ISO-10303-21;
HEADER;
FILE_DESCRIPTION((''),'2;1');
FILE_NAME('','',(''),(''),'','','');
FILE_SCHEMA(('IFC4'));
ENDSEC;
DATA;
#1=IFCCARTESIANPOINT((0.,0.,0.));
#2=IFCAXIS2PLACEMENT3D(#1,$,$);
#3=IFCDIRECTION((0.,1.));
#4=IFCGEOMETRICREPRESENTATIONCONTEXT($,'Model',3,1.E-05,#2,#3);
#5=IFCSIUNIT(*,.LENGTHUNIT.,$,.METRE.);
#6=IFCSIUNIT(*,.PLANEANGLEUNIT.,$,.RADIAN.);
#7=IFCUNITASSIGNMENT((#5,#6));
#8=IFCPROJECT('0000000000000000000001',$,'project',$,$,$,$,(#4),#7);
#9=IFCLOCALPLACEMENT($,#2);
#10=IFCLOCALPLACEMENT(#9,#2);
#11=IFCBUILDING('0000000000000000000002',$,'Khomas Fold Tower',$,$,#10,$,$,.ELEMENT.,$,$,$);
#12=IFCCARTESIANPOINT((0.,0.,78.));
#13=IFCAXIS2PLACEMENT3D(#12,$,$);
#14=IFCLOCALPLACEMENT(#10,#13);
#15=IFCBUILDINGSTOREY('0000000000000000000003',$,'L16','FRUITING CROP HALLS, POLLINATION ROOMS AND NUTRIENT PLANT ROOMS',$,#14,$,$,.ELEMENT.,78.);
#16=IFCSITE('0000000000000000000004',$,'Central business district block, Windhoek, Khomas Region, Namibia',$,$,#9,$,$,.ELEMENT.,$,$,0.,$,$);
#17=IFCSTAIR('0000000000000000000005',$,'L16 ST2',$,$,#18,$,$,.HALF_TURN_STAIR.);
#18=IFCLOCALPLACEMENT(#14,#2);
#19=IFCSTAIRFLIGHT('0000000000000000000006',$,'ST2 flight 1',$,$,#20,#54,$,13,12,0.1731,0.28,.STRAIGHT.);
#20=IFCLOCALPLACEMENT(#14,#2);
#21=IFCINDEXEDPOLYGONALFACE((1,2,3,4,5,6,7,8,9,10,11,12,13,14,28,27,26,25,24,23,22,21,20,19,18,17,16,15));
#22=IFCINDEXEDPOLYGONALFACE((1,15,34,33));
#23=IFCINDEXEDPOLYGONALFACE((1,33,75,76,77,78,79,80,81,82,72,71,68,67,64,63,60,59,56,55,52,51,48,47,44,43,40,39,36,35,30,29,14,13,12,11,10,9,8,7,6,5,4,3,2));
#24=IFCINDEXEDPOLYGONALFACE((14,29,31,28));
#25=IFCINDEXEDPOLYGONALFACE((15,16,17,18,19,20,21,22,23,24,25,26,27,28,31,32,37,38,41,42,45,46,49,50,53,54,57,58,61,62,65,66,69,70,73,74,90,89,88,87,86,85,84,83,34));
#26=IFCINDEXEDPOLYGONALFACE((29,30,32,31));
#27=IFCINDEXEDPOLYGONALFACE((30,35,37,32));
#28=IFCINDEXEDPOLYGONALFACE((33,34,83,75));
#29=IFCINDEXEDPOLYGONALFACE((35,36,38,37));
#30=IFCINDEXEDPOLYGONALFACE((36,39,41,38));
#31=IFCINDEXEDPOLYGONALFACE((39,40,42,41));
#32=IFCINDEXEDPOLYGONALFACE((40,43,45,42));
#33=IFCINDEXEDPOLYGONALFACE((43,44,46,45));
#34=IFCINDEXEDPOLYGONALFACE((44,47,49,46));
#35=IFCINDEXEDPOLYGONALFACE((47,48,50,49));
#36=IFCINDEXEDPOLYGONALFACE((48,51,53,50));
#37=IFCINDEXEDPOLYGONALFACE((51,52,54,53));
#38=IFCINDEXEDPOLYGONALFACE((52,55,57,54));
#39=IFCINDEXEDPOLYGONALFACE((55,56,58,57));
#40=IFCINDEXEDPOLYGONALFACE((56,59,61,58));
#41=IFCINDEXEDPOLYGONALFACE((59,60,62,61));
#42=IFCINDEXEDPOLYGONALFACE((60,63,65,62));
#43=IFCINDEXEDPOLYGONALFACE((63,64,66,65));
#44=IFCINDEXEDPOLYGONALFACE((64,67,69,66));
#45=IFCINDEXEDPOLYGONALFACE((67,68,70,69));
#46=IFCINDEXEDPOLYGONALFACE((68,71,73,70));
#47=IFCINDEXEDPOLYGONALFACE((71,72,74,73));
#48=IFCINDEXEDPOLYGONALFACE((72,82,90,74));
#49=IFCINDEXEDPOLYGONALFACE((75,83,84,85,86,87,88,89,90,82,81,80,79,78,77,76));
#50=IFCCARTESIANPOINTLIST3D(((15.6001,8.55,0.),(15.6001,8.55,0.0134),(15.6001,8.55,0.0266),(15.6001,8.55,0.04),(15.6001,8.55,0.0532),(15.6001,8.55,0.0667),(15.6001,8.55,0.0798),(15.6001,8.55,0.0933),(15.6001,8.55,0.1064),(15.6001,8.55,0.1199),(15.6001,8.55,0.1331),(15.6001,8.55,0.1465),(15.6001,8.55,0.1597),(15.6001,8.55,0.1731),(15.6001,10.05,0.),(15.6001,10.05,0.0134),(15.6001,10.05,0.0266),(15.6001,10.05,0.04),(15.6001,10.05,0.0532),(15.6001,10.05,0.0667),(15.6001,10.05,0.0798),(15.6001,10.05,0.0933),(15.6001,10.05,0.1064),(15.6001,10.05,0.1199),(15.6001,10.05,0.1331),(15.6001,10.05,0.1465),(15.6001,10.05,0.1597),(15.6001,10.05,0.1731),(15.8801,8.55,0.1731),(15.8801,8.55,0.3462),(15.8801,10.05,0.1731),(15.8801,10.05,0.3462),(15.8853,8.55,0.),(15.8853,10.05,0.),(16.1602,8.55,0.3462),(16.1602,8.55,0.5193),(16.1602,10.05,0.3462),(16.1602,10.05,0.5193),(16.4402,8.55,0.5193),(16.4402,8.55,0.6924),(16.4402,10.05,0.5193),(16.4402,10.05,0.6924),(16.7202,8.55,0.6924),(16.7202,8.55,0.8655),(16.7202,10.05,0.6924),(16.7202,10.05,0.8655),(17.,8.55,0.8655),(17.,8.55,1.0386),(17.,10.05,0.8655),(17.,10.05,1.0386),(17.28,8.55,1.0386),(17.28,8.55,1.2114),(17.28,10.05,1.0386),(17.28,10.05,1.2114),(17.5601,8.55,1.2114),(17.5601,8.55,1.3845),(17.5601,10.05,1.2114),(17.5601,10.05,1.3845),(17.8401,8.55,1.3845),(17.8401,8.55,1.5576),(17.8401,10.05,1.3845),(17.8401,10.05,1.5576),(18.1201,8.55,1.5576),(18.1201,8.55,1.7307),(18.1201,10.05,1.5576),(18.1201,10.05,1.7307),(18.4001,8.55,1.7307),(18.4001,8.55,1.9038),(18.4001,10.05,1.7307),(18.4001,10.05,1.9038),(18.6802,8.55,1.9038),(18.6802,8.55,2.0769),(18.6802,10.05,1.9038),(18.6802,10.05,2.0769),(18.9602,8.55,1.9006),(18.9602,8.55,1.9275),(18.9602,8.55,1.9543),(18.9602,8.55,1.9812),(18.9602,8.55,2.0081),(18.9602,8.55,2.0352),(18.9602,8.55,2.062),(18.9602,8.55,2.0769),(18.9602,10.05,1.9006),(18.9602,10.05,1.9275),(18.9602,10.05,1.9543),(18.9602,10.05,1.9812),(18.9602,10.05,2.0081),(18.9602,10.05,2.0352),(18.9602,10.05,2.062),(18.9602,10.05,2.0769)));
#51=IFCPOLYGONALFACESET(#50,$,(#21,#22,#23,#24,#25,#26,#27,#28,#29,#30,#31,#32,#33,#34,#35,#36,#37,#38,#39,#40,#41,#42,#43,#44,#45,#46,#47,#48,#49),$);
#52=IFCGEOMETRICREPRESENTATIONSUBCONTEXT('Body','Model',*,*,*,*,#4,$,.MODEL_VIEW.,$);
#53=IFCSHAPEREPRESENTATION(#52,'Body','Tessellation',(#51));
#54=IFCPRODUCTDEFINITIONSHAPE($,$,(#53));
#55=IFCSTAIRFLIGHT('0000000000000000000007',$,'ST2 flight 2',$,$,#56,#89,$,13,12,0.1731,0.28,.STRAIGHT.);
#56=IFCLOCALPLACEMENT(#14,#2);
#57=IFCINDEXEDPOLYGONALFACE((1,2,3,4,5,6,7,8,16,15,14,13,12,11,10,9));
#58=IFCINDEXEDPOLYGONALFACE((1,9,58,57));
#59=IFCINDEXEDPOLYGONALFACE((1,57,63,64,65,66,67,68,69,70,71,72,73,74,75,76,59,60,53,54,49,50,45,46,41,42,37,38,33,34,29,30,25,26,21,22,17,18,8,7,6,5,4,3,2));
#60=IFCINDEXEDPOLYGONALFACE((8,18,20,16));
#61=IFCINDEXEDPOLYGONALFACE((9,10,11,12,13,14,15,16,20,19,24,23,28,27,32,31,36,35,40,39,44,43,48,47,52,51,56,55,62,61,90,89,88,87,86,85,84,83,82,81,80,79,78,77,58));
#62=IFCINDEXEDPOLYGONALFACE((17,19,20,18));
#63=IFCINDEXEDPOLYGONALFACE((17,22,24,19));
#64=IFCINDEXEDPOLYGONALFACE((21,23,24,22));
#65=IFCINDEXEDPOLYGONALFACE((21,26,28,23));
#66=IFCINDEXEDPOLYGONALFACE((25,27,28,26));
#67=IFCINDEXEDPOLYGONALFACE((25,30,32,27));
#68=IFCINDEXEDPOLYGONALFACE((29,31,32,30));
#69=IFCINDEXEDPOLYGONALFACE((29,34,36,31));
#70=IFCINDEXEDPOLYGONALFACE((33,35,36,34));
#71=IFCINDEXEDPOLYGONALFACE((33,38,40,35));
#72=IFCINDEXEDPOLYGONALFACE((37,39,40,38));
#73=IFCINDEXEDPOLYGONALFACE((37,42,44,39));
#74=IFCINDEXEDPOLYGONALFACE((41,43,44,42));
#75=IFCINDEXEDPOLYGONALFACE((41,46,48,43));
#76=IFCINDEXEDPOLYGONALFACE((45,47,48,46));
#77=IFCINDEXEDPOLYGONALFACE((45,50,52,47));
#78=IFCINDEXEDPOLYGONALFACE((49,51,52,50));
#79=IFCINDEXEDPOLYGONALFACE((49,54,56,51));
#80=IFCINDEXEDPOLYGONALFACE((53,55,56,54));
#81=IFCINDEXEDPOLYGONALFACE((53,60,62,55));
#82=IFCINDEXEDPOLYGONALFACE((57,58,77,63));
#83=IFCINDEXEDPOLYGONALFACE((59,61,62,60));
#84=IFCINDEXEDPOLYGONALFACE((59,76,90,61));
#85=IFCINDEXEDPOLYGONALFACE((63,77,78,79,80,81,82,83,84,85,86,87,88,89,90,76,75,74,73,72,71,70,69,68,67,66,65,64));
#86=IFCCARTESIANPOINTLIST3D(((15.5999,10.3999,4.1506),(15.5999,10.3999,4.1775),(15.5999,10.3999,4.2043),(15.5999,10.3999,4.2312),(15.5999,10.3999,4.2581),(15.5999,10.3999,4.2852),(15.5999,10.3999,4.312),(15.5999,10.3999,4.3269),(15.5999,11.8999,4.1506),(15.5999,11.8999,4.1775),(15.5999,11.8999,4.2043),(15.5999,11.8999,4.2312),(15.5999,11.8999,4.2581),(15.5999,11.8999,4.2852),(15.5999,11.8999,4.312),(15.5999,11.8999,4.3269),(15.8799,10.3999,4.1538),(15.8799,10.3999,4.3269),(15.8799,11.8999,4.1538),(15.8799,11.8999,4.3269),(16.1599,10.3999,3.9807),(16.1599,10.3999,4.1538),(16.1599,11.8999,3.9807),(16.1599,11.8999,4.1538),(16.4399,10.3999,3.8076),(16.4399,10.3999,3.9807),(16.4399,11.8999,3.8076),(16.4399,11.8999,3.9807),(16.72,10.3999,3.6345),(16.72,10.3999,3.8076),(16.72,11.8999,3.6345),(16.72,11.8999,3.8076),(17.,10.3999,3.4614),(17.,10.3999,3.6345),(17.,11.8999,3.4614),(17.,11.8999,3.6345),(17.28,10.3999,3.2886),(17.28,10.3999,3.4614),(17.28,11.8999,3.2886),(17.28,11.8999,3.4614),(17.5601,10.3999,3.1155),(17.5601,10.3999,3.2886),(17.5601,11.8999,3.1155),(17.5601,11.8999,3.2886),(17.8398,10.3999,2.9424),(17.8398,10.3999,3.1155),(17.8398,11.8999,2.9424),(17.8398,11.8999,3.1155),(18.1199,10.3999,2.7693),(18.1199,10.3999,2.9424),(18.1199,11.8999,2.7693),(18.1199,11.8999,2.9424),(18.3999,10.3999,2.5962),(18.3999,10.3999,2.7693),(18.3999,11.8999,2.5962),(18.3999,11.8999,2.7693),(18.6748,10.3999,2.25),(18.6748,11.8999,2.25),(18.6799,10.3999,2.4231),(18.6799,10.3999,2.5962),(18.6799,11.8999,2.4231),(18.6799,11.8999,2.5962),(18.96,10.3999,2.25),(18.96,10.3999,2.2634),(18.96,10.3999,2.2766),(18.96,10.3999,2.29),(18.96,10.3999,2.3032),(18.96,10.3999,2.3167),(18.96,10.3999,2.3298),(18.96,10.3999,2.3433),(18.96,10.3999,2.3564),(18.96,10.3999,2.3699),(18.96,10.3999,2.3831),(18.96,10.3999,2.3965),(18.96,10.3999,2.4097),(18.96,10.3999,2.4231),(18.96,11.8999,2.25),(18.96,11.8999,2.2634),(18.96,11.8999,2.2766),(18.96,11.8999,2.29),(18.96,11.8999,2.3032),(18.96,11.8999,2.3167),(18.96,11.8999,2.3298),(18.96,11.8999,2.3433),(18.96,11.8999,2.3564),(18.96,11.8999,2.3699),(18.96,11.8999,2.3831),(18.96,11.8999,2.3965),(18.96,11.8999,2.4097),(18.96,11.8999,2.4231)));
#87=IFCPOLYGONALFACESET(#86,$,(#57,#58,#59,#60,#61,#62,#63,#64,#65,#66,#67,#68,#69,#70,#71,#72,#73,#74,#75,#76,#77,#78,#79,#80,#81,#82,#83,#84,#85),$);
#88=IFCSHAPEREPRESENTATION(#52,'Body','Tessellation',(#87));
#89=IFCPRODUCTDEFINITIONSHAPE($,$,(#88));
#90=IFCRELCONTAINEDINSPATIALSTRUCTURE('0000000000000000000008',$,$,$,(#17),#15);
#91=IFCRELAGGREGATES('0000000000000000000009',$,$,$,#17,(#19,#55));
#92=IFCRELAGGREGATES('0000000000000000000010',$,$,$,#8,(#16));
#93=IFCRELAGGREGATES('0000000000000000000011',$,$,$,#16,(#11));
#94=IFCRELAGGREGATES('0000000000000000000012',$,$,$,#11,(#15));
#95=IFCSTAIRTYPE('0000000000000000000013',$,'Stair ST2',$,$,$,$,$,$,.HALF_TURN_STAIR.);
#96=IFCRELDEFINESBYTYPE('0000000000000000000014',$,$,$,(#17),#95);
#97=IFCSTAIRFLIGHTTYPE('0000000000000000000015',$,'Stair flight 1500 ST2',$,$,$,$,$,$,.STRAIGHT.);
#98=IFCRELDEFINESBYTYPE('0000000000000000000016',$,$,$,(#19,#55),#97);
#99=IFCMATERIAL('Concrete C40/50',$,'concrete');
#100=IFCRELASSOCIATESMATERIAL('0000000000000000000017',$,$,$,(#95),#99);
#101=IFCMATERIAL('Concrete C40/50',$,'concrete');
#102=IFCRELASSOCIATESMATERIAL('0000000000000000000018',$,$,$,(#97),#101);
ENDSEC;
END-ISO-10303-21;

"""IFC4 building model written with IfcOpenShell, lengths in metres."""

from ifc_helpers import new_model, si_unit, direction, frame, origin, place, context, subcontext, project, spatial, polyline, outline, extrude, source, transform, mapped, material, type_object, element, aggregate, save


model = new_model("IFC4")

# Units and contexts
model_context = context("Model", 3, precision=1e-05, world=origin(), true_north=direction((0.0, 1.0)))
body_context = subcontext(model_context, "Body", "Model", "MODEL_VIEW")
ifc_project = project(units=[si_unit("LENGTHUNIT", "METRE"), si_unit("PLANEANGLEUNIT", "RADIAN")], contexts=[model_context])

# Site, building, storey
site_placement = place(None, origin())
site = spatial("IfcSite", under=ifc_project, at=site_placement, Name="Central business district block, Windhoek, Khomas Region, Namibia", CompositionType="ELEMENT", RefElevation=0.0)
building_placement = place(site_placement, origin())
building = spatial("IfcBuilding", under=site, at=building_placement, Name="Khomas Fold Tower", CompositionType="ELEMENT")
storey_placement = place(building_placement, frame((0.0, 0.0, 78.0)))
storey = spatial("IfcBuildingStorey", under=building, at=storey_placement, Name="L16", Description="FRUITING CROP HALLS, POLLINATION ROOMS AND NUTRIENT PLANT ROOMS", CompositionType="ELEMENT", Elevation=78.0)

# Stair, stair flights
ifc_material_1 = material(Name="Concrete C40/50", Category="concrete")
stair_type = type_object("IfcStairType", Name="Stair ST2", PredefinedType="HALF_TURN_STAIR", material=ifc_material_1)
stair_placement = place(storey_placement, origin())
stair = element("IfcStair", 1, at=stair_placement, inside=storey, type_object=stair_type, Name="L16 ST2", PredefinedType="HALF_TURN_STAIR")
ifc_material_2 = material(Name="Concrete C40/50", Category="concrete")
stair_flight_type = type_object("IfcStairFlightType", Name="Stair flight 1500 ST2", PredefinedType="STRAIGHT", material=ifc_material_2)
shared_shape_1 = source(origin(), body_context, "Body", "SweptSolid", [
    extrude(outline(polyline([(0.0, 0.0), (0.0, 0.0134), (0.0, 0.0266), (0.0, 0.04), (0.0, 0.0532), (0.0, 0.0667), (0.0, 0.0798), (0.0, 0.0933), (0.0, 0.1064), (0.0, 0.1199), (0.0, 0.1331), (0.0, 0.1465), (0.0, 0.1597), (0.0, 0.1731), (0.28, 0.1731), (0.28, 0.3462), (0.5601, 0.3462), (0.5601, 0.5193), (0.8401, 0.5193), (0.8401, 0.6924), (1.1201, 0.6924), (1.1201, 0.8655), (1.3999, 0.8655), (1.3999, 1.0386), (1.6799, 1.0386), (1.6799, 1.2114), (1.96, 1.2114), (1.96, 1.3845), (2.24, 1.3845), (2.24, 1.5576), (2.52, 1.5576), (2.52, 1.7307), (2.8, 1.7307), (2.8, 1.9038), (3.0801, 1.9038), (3.0801, 2.0769), (3.3601, 2.0769), (3.3601, 2.25), (3.3601, 2.2231), (3.3601, 2.1963), (3.3601, 2.1694), (3.3601, 2.1426), (3.3601, 2.1157), (3.3601, 2.0889), (3.3601, 2.062), (3.3601, 2.0352), (3.3601, 2.0081), (3.3601, 1.9812), (3.3601, 1.9543), (3.3601, 1.9275), (3.3601, 1.9006), (0.2852, 0.0), (0.0, 0.0)])), frame((0.0, 0.75, 0.0), z_axis=(0.0, -1.0, 0.0), x_axis=(1.0, 0.0, 0.0)), (0.0, 0.0, 1.0), 1.5),
])
stair_flight_1_placement = place(storey_placement, frame((15.6001, 9.3, 0.0), z_axis=(0.0, 0.0, 1.0), x_axis=(1.0, 0.0, 0.0)))
stair_flight_1 = element("IfcStairFlight", 2, at=stair_flight_1_placement, type_object=stair_flight_type, Name="ST2 flight 1", NumberOfRisers=13, NumberOfTreads=12, PredefinedType="STRAIGHT", RiserHeight=0.1731, TreadLength=0.28, context=body_context, shape_type="MappedRepresentation", body=[
    mapped(shared_shape_1, transform((0.0, 0.0, 0.0))),
])
stair_flight_2_placement = place(storey_placement, frame((18.96, 11.1499, 2.25), z_axis=(0.0, 0.0, 1.0), x_axis=(-1.0, 0.0, 0.0)))
stair_flight_2 = element("IfcStairFlight", 3, at=stair_flight_2_placement, type_object=stair_flight_type, Name="ST2 flight 2", NumberOfRisers=13, NumberOfTreads=12, PredefinedType="STRAIGHT", RiserHeight=0.1731, TreadLength=0.28, context=body_context, shape_type="MappedRepresentation", body=[
    mapped(shared_shape_1, transform((0.0, 0.0, 0.0))),
])
aggregate(stair, [stair_flight_1, stair_flight_2])

save(model, "model.ifc")
